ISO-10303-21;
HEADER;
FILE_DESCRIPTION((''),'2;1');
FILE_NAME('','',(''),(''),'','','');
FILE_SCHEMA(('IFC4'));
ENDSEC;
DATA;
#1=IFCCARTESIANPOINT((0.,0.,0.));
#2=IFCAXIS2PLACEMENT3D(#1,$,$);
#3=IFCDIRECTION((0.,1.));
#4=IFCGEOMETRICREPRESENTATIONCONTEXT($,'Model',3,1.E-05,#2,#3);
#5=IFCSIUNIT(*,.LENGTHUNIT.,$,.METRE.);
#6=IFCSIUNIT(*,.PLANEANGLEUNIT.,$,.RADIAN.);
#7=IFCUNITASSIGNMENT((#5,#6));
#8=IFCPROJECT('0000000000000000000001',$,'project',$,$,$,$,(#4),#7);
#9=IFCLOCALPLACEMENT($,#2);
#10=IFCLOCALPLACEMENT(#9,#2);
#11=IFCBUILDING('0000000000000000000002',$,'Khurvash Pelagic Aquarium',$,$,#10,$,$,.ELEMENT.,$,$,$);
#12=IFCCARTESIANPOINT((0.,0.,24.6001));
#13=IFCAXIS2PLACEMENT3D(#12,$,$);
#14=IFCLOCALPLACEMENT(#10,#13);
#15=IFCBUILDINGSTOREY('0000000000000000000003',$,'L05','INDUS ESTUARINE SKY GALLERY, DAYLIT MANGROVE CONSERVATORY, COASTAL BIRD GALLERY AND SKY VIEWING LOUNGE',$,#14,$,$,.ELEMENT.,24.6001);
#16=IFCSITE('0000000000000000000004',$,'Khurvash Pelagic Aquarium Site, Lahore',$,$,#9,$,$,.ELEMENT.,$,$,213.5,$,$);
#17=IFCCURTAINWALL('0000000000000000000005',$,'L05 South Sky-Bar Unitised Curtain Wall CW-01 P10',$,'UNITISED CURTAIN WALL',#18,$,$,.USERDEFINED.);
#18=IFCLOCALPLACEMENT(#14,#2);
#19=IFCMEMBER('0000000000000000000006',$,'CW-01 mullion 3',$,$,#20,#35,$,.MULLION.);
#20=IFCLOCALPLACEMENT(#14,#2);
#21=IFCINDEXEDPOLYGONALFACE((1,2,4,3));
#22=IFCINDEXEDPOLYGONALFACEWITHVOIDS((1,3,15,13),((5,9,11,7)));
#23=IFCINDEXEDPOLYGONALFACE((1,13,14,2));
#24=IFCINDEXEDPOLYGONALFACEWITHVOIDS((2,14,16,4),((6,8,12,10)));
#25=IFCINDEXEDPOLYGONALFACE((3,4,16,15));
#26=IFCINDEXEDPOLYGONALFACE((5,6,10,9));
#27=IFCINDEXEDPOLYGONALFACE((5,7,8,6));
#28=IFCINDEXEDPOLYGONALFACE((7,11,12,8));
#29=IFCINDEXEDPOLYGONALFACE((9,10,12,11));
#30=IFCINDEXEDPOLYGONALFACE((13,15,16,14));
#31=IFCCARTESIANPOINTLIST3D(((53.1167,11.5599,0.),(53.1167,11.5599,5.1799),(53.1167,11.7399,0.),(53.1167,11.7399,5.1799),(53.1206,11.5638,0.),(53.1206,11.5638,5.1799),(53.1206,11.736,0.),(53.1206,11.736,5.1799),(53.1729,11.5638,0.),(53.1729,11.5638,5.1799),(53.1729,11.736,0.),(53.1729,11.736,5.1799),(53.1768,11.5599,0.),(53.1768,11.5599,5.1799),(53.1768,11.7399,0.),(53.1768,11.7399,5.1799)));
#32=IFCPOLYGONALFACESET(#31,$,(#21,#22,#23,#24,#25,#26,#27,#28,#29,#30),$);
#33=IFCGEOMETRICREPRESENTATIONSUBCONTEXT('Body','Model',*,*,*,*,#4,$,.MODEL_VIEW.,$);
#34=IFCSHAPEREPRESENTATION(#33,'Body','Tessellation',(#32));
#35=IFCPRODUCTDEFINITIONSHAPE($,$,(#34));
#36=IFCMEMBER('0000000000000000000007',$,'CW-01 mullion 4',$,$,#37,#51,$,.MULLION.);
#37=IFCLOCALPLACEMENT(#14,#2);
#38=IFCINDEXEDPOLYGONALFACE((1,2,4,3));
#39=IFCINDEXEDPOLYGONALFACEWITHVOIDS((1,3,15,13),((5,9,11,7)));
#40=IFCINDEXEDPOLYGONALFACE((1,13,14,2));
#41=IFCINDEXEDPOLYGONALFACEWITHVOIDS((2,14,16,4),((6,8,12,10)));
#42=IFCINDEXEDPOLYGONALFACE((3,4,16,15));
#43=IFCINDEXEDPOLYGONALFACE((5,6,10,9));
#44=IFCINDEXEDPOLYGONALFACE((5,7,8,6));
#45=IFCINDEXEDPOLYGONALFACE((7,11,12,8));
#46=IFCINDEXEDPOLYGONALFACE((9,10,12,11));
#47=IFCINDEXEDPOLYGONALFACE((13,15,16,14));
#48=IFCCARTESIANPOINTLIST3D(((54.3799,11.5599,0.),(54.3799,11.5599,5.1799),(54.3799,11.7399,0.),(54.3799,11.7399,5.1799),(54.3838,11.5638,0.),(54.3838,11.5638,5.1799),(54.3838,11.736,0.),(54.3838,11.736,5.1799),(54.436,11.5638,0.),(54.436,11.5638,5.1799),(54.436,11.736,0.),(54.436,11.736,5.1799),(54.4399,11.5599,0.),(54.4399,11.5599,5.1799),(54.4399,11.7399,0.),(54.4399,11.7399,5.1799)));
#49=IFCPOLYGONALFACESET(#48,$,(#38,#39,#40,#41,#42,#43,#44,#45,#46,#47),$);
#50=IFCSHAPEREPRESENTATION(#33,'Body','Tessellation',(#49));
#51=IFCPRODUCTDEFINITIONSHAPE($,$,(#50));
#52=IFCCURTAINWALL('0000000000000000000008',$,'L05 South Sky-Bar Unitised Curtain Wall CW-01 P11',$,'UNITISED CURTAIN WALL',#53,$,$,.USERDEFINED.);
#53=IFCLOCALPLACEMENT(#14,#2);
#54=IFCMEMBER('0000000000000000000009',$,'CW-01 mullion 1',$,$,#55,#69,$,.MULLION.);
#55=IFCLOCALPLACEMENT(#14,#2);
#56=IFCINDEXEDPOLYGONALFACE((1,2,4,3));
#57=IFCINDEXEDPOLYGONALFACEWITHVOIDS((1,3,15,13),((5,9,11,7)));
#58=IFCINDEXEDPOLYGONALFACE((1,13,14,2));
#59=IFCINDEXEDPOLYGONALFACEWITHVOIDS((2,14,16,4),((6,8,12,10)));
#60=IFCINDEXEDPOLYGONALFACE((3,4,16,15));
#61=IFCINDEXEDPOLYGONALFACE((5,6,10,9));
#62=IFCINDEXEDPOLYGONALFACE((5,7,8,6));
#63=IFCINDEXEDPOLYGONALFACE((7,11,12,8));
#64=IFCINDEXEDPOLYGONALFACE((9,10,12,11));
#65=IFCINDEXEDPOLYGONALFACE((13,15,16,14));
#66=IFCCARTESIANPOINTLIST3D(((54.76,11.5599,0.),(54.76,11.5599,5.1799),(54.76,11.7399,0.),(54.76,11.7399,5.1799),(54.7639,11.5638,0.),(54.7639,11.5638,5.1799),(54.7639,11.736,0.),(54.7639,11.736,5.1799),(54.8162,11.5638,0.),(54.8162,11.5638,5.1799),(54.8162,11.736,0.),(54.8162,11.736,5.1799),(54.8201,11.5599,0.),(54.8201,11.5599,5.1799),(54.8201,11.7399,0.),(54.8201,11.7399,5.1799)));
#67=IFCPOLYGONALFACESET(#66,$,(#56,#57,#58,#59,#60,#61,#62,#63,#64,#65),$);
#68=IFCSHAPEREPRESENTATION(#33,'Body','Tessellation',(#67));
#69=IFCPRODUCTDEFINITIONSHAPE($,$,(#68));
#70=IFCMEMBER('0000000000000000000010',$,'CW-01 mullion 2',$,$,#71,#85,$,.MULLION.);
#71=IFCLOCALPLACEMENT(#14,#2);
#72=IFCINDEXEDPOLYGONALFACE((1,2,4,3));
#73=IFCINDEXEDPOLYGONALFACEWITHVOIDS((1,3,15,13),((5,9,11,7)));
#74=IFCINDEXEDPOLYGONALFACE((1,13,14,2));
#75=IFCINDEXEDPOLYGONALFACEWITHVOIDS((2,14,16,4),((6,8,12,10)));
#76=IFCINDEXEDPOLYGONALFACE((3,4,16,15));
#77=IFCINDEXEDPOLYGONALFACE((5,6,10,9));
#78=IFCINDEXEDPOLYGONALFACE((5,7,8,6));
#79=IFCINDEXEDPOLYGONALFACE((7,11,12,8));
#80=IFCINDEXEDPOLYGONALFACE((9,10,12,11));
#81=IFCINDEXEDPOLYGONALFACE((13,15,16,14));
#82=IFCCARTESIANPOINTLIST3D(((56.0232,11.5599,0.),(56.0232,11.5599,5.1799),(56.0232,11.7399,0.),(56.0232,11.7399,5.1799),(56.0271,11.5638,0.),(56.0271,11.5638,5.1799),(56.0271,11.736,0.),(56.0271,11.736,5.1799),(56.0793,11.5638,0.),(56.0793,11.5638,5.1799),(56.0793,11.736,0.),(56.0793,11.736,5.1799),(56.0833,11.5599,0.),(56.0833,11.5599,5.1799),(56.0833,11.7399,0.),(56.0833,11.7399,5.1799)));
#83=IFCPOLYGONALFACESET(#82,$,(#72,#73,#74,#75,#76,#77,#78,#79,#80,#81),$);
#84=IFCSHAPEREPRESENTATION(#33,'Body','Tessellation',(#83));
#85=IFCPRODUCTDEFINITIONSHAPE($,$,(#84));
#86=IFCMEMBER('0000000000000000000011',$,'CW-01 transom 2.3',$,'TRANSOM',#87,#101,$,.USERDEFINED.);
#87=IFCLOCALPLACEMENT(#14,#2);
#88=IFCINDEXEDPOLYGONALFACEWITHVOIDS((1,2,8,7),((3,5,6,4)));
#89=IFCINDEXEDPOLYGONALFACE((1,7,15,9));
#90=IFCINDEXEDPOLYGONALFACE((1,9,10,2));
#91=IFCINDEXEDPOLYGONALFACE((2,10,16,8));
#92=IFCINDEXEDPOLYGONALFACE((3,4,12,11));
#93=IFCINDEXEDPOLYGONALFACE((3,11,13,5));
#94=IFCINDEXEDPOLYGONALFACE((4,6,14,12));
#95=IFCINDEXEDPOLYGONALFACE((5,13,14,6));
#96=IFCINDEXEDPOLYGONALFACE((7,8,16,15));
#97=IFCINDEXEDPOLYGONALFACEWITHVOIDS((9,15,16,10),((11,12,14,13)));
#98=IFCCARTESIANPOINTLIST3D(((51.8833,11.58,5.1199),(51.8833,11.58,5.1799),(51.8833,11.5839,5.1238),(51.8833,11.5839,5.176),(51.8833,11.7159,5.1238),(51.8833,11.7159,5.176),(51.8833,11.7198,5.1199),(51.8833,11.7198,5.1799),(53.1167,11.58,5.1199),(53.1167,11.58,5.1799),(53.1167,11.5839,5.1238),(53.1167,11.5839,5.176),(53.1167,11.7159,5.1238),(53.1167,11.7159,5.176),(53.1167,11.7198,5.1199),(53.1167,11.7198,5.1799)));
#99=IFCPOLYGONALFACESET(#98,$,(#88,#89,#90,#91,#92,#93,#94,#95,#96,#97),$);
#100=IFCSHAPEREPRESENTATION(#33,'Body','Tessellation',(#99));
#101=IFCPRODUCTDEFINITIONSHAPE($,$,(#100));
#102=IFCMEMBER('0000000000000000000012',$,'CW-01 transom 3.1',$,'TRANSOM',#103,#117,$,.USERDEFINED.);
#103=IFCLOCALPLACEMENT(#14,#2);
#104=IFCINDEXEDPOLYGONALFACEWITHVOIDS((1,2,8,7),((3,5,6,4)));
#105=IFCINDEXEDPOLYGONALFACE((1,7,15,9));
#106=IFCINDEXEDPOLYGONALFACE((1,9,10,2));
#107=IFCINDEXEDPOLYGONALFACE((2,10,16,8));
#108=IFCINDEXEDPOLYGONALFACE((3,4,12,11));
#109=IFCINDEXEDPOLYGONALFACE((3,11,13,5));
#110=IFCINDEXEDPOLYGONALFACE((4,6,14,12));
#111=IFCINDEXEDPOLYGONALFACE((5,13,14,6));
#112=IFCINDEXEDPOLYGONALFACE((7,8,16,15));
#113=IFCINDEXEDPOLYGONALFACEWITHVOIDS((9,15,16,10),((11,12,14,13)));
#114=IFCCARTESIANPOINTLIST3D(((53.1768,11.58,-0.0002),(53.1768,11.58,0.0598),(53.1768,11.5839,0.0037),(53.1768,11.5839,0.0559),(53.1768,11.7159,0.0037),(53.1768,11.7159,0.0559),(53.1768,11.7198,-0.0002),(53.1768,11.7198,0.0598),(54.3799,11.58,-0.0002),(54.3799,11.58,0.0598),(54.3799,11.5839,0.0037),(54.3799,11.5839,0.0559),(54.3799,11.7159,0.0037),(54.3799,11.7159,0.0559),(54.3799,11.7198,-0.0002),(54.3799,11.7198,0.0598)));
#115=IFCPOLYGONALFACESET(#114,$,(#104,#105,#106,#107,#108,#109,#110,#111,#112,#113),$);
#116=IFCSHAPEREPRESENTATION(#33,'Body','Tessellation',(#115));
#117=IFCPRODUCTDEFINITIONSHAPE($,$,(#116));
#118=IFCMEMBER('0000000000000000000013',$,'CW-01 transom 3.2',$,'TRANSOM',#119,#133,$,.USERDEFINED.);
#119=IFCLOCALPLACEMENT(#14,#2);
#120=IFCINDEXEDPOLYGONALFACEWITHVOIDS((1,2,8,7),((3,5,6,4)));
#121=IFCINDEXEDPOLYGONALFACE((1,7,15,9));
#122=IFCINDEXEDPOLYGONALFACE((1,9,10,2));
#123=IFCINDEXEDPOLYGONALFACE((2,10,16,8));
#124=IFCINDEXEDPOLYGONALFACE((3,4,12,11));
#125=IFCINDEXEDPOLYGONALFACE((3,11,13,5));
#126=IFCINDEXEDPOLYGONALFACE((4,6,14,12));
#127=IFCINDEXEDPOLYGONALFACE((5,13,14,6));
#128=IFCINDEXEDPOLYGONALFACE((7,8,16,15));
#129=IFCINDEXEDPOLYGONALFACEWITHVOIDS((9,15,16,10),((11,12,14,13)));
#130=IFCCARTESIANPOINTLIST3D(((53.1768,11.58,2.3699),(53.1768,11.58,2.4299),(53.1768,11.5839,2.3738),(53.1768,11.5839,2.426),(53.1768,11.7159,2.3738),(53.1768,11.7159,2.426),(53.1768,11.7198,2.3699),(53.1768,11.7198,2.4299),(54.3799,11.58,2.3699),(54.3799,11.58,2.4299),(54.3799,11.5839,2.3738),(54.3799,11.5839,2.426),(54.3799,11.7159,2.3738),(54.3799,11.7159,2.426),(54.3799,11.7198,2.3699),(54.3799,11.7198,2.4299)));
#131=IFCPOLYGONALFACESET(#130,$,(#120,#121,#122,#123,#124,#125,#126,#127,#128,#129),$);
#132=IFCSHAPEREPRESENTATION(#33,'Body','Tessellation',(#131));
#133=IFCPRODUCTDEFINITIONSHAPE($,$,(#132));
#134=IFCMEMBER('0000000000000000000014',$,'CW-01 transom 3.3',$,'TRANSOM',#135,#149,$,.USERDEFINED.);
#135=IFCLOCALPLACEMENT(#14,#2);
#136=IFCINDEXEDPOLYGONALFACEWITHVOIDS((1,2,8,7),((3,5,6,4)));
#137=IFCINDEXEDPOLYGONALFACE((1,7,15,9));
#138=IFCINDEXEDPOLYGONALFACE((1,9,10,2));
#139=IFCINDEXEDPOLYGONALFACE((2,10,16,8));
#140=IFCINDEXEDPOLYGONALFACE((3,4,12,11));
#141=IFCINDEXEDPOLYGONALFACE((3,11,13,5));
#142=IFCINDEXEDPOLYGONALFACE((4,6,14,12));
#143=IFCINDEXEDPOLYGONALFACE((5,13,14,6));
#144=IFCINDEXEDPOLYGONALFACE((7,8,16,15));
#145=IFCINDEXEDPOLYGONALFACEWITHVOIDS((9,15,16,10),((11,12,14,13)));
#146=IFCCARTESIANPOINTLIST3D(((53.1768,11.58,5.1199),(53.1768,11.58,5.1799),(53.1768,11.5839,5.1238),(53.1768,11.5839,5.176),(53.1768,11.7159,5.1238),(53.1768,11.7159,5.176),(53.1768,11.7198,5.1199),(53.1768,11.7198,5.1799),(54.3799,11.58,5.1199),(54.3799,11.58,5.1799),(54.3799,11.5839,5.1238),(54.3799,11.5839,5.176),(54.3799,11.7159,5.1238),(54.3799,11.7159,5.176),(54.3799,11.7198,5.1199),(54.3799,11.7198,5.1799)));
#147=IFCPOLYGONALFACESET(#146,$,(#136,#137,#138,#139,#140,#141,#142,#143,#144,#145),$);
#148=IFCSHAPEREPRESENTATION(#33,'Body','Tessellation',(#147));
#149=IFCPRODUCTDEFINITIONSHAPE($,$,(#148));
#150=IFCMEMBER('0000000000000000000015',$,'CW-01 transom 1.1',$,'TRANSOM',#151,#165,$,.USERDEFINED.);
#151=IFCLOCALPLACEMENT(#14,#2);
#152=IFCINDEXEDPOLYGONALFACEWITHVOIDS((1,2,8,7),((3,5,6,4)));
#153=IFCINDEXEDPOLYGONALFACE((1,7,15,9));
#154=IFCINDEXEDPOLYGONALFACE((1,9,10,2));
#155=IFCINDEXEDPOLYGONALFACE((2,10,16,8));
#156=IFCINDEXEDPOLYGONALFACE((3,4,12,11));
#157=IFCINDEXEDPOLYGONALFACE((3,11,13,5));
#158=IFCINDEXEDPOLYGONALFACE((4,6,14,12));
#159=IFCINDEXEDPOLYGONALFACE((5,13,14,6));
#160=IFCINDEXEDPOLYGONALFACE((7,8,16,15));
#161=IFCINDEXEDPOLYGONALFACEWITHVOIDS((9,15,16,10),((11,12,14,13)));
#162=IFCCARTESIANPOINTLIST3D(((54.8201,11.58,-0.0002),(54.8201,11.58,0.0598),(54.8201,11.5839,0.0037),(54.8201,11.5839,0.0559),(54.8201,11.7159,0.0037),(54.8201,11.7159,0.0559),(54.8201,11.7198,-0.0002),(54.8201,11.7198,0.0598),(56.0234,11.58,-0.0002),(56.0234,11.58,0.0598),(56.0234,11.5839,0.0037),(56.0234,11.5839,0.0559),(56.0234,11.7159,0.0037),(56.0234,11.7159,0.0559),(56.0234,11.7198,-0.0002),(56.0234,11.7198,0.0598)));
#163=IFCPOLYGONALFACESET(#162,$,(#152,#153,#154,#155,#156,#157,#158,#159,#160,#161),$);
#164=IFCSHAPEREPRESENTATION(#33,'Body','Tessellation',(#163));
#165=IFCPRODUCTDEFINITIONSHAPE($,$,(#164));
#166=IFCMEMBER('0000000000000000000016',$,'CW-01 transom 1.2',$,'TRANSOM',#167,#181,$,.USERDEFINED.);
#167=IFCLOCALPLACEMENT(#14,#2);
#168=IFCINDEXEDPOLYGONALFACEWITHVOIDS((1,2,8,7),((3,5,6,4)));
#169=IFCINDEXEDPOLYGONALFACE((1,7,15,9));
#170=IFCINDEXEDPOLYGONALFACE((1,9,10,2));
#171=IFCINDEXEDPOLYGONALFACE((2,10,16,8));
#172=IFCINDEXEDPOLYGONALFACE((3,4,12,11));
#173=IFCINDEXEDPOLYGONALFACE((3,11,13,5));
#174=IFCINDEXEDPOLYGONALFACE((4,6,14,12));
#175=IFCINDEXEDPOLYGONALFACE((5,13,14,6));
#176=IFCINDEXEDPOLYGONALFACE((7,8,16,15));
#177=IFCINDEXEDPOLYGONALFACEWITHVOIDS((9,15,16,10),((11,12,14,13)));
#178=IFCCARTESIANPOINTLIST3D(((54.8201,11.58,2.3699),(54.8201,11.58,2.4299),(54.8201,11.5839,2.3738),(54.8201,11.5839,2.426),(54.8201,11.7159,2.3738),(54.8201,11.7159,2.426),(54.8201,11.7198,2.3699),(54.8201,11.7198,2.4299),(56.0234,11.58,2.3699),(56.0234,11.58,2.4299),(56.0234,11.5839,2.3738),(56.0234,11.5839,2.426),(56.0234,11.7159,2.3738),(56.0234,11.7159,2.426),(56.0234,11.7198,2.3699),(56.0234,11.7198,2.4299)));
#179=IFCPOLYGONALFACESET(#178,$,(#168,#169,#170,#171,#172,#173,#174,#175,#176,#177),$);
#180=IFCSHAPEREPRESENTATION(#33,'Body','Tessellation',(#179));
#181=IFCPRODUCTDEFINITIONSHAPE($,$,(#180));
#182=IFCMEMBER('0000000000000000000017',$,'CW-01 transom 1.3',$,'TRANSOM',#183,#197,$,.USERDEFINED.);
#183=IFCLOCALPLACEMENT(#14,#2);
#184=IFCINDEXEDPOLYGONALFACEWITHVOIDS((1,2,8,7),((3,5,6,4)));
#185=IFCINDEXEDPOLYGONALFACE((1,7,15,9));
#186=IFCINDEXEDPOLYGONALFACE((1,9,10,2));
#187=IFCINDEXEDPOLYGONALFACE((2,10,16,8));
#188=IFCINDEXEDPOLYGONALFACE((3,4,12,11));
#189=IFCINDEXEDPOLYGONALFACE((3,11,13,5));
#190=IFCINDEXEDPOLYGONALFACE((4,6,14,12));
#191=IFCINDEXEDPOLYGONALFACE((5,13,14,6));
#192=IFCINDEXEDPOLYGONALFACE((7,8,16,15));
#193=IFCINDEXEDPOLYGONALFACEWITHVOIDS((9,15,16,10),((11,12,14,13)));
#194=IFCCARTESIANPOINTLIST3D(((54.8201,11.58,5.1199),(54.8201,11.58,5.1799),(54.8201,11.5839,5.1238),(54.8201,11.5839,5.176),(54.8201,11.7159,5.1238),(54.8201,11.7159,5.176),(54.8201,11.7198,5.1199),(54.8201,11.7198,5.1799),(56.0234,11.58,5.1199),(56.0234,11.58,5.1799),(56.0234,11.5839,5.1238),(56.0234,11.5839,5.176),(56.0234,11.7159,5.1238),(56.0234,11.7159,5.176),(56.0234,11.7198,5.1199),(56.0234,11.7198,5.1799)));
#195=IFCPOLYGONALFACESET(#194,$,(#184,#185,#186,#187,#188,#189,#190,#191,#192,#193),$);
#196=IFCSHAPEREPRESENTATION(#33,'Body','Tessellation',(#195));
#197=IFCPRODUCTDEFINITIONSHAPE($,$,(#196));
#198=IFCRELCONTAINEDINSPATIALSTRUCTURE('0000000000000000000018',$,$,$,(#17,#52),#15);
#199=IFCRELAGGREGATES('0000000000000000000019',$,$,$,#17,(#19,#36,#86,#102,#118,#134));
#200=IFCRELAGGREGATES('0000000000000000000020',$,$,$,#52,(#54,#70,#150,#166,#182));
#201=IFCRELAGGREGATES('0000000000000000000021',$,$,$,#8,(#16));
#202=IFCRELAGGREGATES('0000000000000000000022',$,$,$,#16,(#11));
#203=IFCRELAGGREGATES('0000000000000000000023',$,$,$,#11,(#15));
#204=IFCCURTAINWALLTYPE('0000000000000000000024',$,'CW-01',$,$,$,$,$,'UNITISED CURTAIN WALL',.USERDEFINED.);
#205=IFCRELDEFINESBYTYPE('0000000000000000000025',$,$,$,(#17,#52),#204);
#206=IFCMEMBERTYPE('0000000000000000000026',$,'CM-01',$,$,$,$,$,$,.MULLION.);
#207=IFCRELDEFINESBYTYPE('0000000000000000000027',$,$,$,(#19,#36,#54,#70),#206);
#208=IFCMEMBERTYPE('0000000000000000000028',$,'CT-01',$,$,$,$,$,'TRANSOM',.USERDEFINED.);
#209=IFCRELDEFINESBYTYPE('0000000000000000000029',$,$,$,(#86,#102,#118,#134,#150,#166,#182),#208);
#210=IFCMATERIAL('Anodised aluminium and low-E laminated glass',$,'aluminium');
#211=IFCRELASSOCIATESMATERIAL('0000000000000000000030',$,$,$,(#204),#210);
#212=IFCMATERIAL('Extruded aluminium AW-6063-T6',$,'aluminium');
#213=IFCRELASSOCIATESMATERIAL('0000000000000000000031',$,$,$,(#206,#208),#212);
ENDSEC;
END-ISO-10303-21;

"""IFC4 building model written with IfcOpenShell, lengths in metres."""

from ifc_helpers import new_model, si_unit, direction, frame, origin, origin_2d, place, context, subcontext, project, spatial, hollow_rectangle, extrude, material, material_profile, profile_set, type_object, element, aggregate, save


model = new_model("IFC4")

# Units and contexts
model_context = context("Model", 3, precision=1e-05, world=origin(), true_north=direction((0.0, 1.0)))
body_context = subcontext(model_context, "Body", "Model", "MODEL_VIEW")
ifc_project = project(units=[si_unit("LENGTHUNIT", "METRE"), si_unit("PLANEANGLEUNIT", "RADIAN")], contexts=[model_context])

# Site, building, storey
site_placement = place(None, origin())
site = spatial("IfcSite", under=ifc_project, at=site_placement, Name="Khurvash Pelagic Aquarium Site, Lahore", CompositionType="ELEMENT", RefElevation=213.5)
building_placement = place(site_placement, origin())
building = spatial("IfcBuilding", under=site, at=building_placement, Name="Khurvash Pelagic Aquarium", CompositionType="ELEMENT")
storey_placement = place(building_placement, frame((0.0, 0.0, 24.6001)))
storey = spatial("IfcBuildingStorey", under=building, at=storey_placement, Name="L05", Description="INDUS ESTUARINE SKY GALLERY, DAYLIT MANGROVE CONSERVATORY, COASTAL BIRD GALLERY AND SKY VIEWING LOUNGE", CompositionType="ELEMENT", Elevation=24.6001)

# Curtain walls, members
ifc_material_1 = material(Name="Anodised aluminium and low-E laminated glass", Category="aluminium")
curtain_wall_type = type_object("IfcCurtainWallType", Name="CW-01", ElementType="UNITISED CURTAIN WALL", PredefinedType="USERDEFINED", material=ifc_material_1)
curtain_wall_1_placement = place(storey_placement, origin())
curtain_wall_1 = element("IfcCurtainWall", 1, at=curtain_wall_1_placement, inside=storey, type_object=curtain_wall_type, Name="L05 South Sky-Bar Unitised Curtain Wall CW-01 P10", ObjectType="UNITISED CURTAIN WALL", PredefinedType="USERDEFINED")
ifc_material_2 = material(Name="Extruded aluminium AW-6063-T6", Category="aluminium")
ifc_material_profile_1 = material_profile(ifc_material_2, hollow_rectangle(XDim=0.0601, YDim=0.1799, WallThickness=0.0039, at=origin_2d()), Name="CWM60X180X4")
ifc_profile_set_1 = profile_set([ifc_material_profile_1], Name="Extruded aluminium AW-6063-T6")
member_type_1 = type_object("IfcMemberType", Name="CM-01", PredefinedType="MULLION", material=ifc_profile_set_1)
member_1_placement = place(storey_placement, frame((53.1467, 11.6499, 0.0), z_axis=(0.0, 0.0, 1.0), x_axis=(1.0, 0.0, 0.0)))
member_1 = element("IfcMember", 2, at=member_1_placement, type_object=member_type_1, Name="CW-01 mullion 3", PredefinedType="MULLION", context=body_context, shape_type="SweptSolid", body=[
    extrude(hollow_rectangle(XDim=0.0601, YDim=0.1799, WallThickness=0.0039, at=origin_2d()), origin(), (0.0, 0.0, 1.0), 5.1799),
])
member_2_placement = place(storey_placement, frame((54.4099, 11.6499, 0.0), z_axis=(0.0, 0.0, 1.0), x_axis=(1.0, 0.0, 0.0)))
member_2 = element("IfcMember", 3, at=member_2_placement, type_object=member_type_1, Name="CW-01 mullion 4", PredefinedType="MULLION", context=body_context, shape_type="SweptSolid", body=[
    extrude(hollow_rectangle(XDim=0.0601, YDim=0.1799, WallThickness=0.0039, at=origin_2d()), origin(), (0.0, 0.0, 1.0), 5.1799),
])
curtain_wall_2_placement = place(storey_placement, origin())
curtain_wall_2 = element("IfcCurtainWall", 4, at=curtain_wall_2_placement, inside=storey, type_object=curtain_wall_type, Name="L05 South Sky-Bar Unitised Curtain Wall CW-01 P11", ObjectType="UNITISED CURTAIN WALL", PredefinedType="USERDEFINED")
member_3_placement = place(storey_placement, frame((54.79, 11.6499, 0.0), z_axis=(0.0, 0.0, 1.0), x_axis=(1.0, 0.0, 0.0)))
member_3 = element("IfcMember", 5, at=member_3_placement, type_object=member_type_1, Name="CW-01 mullion 1", PredefinedType="MULLION", context=body_context, shape_type="SweptSolid", body=[
    extrude(hollow_rectangle(XDim=0.0601, YDim=0.1799, WallThickness=0.0039, at=origin_2d()), origin(), (0.0, 0.0, 1.0), 5.1799),
])
member_4_placement = place(storey_placement, frame((56.0532, 11.6499, 0.0), z_axis=(0.0, 0.0, 1.0), x_axis=(1.0, 0.0, 0.0)))
member_4 = element("IfcMember", 6, at=member_4_placement, type_object=member_type_1, Name="CW-01 mullion 2", PredefinedType="MULLION", context=body_context, shape_type="SweptSolid", body=[
    extrude(hollow_rectangle(XDim=0.0601, YDim=0.1799, WallThickness=0.0039, at=origin_2d()), origin(), (0.0, 0.0, 1.0), 5.1799),
])

# Members
ifc_material_profile_2 = material_profile(ifc_material_2, hollow_rectangle(XDim=0.1399, YDim=0.0601, WallThickness=0.0039, at=origin_2d()), Name="CWT140X60X4")
ifc_profile_set_2 = profile_set([ifc_material_profile_2], Name="Extruded aluminium AW-6063-T6")
member_type_2 = type_object("IfcMemberType", Name="CT-01", ElementType="TRANSOM", PredefinedType="USERDEFINED", material=ifc_profile_set_2)
member_5_placement = place(storey_placement, frame((51.8833, 11.6499, 5.1499), z_axis=(1.0, 0.0, 0.0), x_axis=(0.0, 1.0, 0.0)))
member_5 = element("IfcMember", 7, at=member_5_placement, type_object=member_type_2, Name="CW-01 transom 2.3", ObjectType="TRANSOM", PredefinedType="USERDEFINED", context=body_context, shape_type="SweptSolid", body=[
    extrude(hollow_rectangle(XDim=0.1399, YDim=0.0601, WallThickness=0.0039, at=origin_2d()), origin(), (0.0, 0.0, 1.0), 1.2334),
])
member_6_placement = place(storey_placement, frame((53.1768, 11.6499, 0.0298), z_axis=(1.0, 0.0, 0.0), x_axis=(0.0, 1.0, 0.0)))
member_6 = element("IfcMember", 8, at=member_6_placement, type_object=member_type_2, Name="CW-01 transom 3.1", ObjectType="TRANSOM", PredefinedType="USERDEFINED", context=body_context, shape_type="SweptSolid", body=[
    extrude(hollow_rectangle(XDim=0.1399, YDim=0.0601, WallThickness=0.0039, at=origin_2d()), origin(), (0.0, 0.0, 1.0), 1.2031),
])
member_7_placement = place(storey_placement, frame((53.1768, 11.6499, 2.3999), z_axis=(1.0, 0.0, 0.0), x_axis=(0.0, 1.0, 0.0)))
member_7 = element("IfcMember", 9, at=member_7_placement, type_object=member_type_2, Name="CW-01 transom 3.2", ObjectType="TRANSOM", PredefinedType="USERDEFINED", context=body_context, shape_type="SweptSolid", body=[
    extrude(hollow_rectangle(XDim=0.1399, YDim=0.0601, WallThickness=0.0039, at=origin_2d()), origin(), (0.0, 0.0, 1.0), 1.2031),
])
member_8_placement = place(storey_placement, frame((53.1768, 11.6499, 5.1499), z_axis=(1.0, 0.0, 0.0), x_axis=(0.0, 1.0, 0.0)))
member_8 = element("IfcMember", 10, at=member_8_placement, type_object=member_type_2, Name="CW-01 transom 3.3", ObjectType="TRANSOM", PredefinedType="USERDEFINED", context=body_context, shape_type="SweptSolid", body=[
    extrude(hollow_rectangle(XDim=0.1399, YDim=0.0601, WallThickness=0.0039, at=origin_2d()), origin(), (0.0, 0.0, 1.0), 1.2031),
])
member_9_placement = place(storey_placement, frame((54.8201, 11.6499, 0.0298), z_axis=(1.0, 0.0, 0.0), x_axis=(0.0, 1.0, 0.0)))
member_9 = element("IfcMember", 11, at=member_9_placement, type_object=member_type_2, Name="CW-01 transom 1.1", ObjectType="TRANSOM", PredefinedType="USERDEFINED", context=body_context, shape_type="SweptSolid", body=[
    extrude(hollow_rectangle(XDim=0.1399, YDim=0.0601, WallThickness=0.0039, at=origin_2d()), origin(), (0.0, 0.0, 1.0), 1.2034),
])
member_10_placement = place(storey_placement, frame((54.8201, 11.6499, 2.3999), z_axis=(1.0, 0.0, 0.0), x_axis=(0.0, 1.0, 0.0)))
member_10 = element("IfcMember", 12, at=member_10_placement, type_object=member_type_2, Name="CW-01 transom 1.2", ObjectType="TRANSOM", PredefinedType="USERDEFINED", context=body_context, shape_type="SweptSolid", body=[
    extrude(hollow_rectangle(XDim=0.1399, YDim=0.0601, WallThickness=0.0039, at=origin_2d()), origin(), (0.0, 0.0, 1.0), 1.2034),
])
member_11_placement = place(storey_placement, frame((54.8201, 11.6499, 5.1499), z_axis=(1.0, 0.0, 0.0), x_axis=(0.0, 1.0, 0.0)))
member_11 = element("IfcMember", 13, at=member_11_placement, type_object=member_type_2, Name="CW-01 transom 1.3", ObjectType="TRANSOM", PredefinedType="USERDEFINED", context=body_context, shape_type="SweptSolid", body=[
    extrude(hollow_rectangle(XDim=0.1399, YDim=0.0601, WallThickness=0.0039, at=origin_2d()), origin(), (0.0, 0.0, 1.0), 1.2034),
])

aggregate(curtain_wall_1, [member_1, member_2, member_5, member_6, member_7, member_8])
aggregate(curtain_wall_2, [member_3, member_4, member_9, member_10, member_11])

save(model, "model.ifc")
